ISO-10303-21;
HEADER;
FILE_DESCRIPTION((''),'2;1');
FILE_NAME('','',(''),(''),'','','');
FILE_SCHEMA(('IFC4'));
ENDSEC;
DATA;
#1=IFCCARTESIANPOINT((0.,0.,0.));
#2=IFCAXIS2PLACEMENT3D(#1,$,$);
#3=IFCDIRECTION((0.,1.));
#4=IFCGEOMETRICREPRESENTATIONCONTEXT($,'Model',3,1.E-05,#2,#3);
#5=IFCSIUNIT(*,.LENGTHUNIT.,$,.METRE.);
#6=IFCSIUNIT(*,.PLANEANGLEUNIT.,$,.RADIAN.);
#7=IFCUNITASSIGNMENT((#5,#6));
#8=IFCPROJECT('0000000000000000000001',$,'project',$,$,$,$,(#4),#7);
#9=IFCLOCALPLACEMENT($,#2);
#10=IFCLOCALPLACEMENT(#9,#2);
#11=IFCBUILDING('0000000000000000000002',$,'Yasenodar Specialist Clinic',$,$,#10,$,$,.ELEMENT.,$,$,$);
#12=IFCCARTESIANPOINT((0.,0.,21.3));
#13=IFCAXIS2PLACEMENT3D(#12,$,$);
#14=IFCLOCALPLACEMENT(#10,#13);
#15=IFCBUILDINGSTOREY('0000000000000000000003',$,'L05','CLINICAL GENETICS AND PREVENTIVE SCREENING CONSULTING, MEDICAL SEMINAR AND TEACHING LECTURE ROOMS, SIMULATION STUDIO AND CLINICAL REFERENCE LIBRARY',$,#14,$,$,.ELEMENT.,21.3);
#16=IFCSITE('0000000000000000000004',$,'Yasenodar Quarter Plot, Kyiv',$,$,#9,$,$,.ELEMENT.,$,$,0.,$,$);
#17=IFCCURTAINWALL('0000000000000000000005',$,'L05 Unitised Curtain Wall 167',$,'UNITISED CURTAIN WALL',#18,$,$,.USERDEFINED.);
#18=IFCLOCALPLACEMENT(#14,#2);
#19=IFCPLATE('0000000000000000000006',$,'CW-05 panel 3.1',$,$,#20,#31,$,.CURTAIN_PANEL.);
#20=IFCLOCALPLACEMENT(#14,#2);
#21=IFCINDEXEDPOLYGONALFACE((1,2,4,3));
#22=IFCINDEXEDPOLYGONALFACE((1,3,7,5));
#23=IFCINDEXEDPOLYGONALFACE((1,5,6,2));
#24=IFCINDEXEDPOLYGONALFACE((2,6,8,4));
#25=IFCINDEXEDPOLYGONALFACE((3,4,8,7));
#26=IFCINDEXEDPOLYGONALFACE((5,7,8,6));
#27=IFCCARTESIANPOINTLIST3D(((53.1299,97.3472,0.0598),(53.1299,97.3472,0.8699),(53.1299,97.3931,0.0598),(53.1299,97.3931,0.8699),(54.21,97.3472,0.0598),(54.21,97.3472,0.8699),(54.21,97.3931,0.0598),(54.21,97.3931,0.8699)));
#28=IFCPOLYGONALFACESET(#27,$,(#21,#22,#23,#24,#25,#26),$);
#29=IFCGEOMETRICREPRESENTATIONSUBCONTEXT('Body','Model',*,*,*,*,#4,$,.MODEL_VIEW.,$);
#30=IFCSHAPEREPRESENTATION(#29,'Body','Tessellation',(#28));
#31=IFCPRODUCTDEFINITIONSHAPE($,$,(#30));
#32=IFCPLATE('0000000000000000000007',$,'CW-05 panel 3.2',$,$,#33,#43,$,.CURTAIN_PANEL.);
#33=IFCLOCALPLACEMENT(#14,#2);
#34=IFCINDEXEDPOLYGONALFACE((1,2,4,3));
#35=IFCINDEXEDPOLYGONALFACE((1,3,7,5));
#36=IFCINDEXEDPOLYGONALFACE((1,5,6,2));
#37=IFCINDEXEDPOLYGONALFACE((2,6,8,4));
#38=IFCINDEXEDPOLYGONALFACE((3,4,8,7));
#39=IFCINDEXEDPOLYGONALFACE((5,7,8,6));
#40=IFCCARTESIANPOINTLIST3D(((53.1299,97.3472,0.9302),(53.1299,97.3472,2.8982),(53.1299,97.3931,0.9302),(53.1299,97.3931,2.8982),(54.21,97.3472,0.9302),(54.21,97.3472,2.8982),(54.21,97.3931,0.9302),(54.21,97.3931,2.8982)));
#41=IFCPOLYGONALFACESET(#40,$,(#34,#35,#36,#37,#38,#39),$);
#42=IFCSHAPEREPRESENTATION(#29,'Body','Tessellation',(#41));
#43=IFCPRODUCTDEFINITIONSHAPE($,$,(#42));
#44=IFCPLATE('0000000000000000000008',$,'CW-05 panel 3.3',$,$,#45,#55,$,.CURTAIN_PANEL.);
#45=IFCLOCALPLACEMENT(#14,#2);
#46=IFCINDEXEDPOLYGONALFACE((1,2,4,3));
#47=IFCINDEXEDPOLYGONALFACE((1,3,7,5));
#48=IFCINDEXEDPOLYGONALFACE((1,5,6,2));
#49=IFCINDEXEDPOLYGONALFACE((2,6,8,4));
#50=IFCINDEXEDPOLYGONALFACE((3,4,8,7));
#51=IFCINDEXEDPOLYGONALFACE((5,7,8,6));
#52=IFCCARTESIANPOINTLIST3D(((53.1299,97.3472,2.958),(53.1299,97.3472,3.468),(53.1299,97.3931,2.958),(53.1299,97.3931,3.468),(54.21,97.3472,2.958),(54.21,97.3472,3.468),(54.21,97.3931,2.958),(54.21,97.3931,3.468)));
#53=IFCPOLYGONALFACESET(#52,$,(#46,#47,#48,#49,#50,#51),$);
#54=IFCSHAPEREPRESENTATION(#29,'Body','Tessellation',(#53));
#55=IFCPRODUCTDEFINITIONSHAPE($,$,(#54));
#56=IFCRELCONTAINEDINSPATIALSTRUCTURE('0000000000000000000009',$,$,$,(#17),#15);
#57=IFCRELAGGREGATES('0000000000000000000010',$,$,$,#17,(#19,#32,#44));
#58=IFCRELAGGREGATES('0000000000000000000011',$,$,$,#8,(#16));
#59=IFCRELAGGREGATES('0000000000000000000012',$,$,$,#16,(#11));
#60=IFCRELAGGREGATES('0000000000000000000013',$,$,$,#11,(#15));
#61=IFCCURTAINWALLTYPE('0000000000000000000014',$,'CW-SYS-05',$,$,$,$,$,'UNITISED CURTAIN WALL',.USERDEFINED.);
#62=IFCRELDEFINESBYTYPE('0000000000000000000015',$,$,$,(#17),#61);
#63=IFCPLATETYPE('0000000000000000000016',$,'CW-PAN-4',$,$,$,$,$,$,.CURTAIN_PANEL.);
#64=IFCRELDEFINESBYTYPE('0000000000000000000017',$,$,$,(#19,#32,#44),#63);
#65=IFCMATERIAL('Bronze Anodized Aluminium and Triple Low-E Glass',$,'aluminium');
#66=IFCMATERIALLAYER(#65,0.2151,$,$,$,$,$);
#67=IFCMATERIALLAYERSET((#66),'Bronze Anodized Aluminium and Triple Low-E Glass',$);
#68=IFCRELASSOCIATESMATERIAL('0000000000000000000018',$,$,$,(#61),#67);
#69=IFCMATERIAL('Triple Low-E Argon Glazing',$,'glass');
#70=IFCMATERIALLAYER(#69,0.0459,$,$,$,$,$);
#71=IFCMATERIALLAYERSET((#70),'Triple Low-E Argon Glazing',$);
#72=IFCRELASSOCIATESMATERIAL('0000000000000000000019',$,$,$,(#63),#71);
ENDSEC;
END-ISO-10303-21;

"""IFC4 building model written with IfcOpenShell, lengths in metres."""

from ifc_helpers import new_model, si_unit, direction, frame, origin, origin_2d, place, context, subcontext, project, spatial, rectangle, extrude, material, layer, layer_set, type_object, element, aggregate, save


model = new_model("IFC4")

# Units and contexts
model_context = context("Model", 3, precision=1e-05, world=origin(), true_north=direction((0.0, 1.0)))
body_context = subcontext(model_context, "Body", "Model", "MODEL_VIEW")
ifc_project = project(units=[si_unit("LENGTHUNIT", "METRE"), si_unit("PLANEANGLEUNIT", "RADIAN")], contexts=[model_context])

# Site, building, storey
site_placement = place(None, origin())
site = spatial("IfcSite", under=ifc_project, at=site_placement, Name="Yasenodar Quarter Plot, Kyiv", CompositionType="ELEMENT", RefElevation=0.0)
building_placement = place(site_placement, origin())
building = spatial("IfcBuilding", under=site, at=building_placement, Name="Yasenodar Specialist Clinic", CompositionType="ELEMENT")
storey_placement = place(building_placement, frame((0.0, 0.0, 21.3)))
storey = spatial("IfcBuildingStorey", under=building, at=storey_placement, Name="L05", Description="CLINICAL GENETICS AND PREVENTIVE SCREENING CONSULTING, MEDICAL SEMINAR AND TEACHING LECTURE ROOMS, SIMULATION STUDIO AND CLINICAL REFERENCE LIBRARY", CompositionType="ELEMENT", Elevation=21.3)

# Curtain wall, plates
ifc_material_1 = material(Name="Bronze Anodized Aluminium and Triple Low-E Glass", Category="aluminium")
ifc_layer_1 = layer(ifc_material_1, 0.2151)
ifc_layer_set_1 = layer_set([ifc_layer_1], Name="Bronze Anodized Aluminium and Triple Low-E Glass")
curtain_wall_type = type_object("IfcCurtainWallType", Name="CW-SYS-05", ElementType="UNITISED CURTAIN WALL", PredefinedType="USERDEFINED", material=ifc_layer_set_1)
curtain_wall_placement = place(storey_placement, origin())
curtain_wall = element("IfcCurtainWall", 1, at=curtain_wall_placement, inside=storey, type_object=curtain_wall_type, Name="L05 Unitised Curtain Wall 167", ObjectType="UNITISED CURTAIN WALL", PredefinedType="USERDEFINED")
ifc_material_2 = material(Name="Triple Low-E Argon Glazing", Category="glass")
ifc_layer_2 = layer(ifc_material_2, 0.0459)
ifc_layer_set_2 = layer_set([ifc_layer_2], Name="Triple Low-E Argon Glazing")
plate_type = type_object("IfcPlateType", Name="CW-PAN-4", PredefinedType="CURTAIN_PANEL", material=ifc_layer_set_2)
plate_1_placement = place(storey_placement, frame((53.6699, 97.3701, 0.0598), z_axis=(0.0, 0.0, 1.0), x_axis=(-1.0, 0.0, 0.0)))
plate_1 = element("IfcPlate", 2, at=plate_1_placement, type_object=plate_type, Name="CW-05 panel 3.1", PredefinedType="CURTAIN_PANEL", context=body_context, shape_type="SweptSolid", body=[
    extrude(rectangle(XDim=1.0801, YDim=0.0459, at=origin_2d()), origin(), (0.0, 0.0, 1.0), 0.8101),
])
plate_2_placement = place(storey_placement, frame((53.6699, 97.3701, 0.9302), z_axis=(0.0, 0.0, 1.0), x_axis=(-1.0, 0.0, 0.0)))
plate_2 = element("IfcPlate", 3, at=plate_2_placement, type_object=plate_type, Name="CW-05 panel 3.2", PredefinedType="CURTAIN_PANEL", context=body_context, shape_type="SweptSolid", body=[
    extrude(rectangle(XDim=1.0801, YDim=0.0459, at=origin_2d()), origin(), (0.0, 0.0, 1.0), 1.968),
])
plate_3_placement = place(storey_placement, frame((53.6699, 97.3701, 2.958), z_axis=(0.0, 0.0, 1.0), x_axis=(-1.0, 0.0, 0.0)))
plate_3 = element("IfcPlate", 4, at=plate_3_placement, type_object=plate_type, Name="CW-05 panel 3.3", PredefinedType="CURTAIN_PANEL", context=body_context, shape_type="SweptSolid", body=[
    extrude(rectangle(XDim=1.0801, YDim=0.0459, at=origin_2d()), origin(), (0.0, 0.0, 1.0), 0.51),
])
aggregate(curtain_wall, [plate_1, plate_2, plate_3])

save(model, "model.ifc")
